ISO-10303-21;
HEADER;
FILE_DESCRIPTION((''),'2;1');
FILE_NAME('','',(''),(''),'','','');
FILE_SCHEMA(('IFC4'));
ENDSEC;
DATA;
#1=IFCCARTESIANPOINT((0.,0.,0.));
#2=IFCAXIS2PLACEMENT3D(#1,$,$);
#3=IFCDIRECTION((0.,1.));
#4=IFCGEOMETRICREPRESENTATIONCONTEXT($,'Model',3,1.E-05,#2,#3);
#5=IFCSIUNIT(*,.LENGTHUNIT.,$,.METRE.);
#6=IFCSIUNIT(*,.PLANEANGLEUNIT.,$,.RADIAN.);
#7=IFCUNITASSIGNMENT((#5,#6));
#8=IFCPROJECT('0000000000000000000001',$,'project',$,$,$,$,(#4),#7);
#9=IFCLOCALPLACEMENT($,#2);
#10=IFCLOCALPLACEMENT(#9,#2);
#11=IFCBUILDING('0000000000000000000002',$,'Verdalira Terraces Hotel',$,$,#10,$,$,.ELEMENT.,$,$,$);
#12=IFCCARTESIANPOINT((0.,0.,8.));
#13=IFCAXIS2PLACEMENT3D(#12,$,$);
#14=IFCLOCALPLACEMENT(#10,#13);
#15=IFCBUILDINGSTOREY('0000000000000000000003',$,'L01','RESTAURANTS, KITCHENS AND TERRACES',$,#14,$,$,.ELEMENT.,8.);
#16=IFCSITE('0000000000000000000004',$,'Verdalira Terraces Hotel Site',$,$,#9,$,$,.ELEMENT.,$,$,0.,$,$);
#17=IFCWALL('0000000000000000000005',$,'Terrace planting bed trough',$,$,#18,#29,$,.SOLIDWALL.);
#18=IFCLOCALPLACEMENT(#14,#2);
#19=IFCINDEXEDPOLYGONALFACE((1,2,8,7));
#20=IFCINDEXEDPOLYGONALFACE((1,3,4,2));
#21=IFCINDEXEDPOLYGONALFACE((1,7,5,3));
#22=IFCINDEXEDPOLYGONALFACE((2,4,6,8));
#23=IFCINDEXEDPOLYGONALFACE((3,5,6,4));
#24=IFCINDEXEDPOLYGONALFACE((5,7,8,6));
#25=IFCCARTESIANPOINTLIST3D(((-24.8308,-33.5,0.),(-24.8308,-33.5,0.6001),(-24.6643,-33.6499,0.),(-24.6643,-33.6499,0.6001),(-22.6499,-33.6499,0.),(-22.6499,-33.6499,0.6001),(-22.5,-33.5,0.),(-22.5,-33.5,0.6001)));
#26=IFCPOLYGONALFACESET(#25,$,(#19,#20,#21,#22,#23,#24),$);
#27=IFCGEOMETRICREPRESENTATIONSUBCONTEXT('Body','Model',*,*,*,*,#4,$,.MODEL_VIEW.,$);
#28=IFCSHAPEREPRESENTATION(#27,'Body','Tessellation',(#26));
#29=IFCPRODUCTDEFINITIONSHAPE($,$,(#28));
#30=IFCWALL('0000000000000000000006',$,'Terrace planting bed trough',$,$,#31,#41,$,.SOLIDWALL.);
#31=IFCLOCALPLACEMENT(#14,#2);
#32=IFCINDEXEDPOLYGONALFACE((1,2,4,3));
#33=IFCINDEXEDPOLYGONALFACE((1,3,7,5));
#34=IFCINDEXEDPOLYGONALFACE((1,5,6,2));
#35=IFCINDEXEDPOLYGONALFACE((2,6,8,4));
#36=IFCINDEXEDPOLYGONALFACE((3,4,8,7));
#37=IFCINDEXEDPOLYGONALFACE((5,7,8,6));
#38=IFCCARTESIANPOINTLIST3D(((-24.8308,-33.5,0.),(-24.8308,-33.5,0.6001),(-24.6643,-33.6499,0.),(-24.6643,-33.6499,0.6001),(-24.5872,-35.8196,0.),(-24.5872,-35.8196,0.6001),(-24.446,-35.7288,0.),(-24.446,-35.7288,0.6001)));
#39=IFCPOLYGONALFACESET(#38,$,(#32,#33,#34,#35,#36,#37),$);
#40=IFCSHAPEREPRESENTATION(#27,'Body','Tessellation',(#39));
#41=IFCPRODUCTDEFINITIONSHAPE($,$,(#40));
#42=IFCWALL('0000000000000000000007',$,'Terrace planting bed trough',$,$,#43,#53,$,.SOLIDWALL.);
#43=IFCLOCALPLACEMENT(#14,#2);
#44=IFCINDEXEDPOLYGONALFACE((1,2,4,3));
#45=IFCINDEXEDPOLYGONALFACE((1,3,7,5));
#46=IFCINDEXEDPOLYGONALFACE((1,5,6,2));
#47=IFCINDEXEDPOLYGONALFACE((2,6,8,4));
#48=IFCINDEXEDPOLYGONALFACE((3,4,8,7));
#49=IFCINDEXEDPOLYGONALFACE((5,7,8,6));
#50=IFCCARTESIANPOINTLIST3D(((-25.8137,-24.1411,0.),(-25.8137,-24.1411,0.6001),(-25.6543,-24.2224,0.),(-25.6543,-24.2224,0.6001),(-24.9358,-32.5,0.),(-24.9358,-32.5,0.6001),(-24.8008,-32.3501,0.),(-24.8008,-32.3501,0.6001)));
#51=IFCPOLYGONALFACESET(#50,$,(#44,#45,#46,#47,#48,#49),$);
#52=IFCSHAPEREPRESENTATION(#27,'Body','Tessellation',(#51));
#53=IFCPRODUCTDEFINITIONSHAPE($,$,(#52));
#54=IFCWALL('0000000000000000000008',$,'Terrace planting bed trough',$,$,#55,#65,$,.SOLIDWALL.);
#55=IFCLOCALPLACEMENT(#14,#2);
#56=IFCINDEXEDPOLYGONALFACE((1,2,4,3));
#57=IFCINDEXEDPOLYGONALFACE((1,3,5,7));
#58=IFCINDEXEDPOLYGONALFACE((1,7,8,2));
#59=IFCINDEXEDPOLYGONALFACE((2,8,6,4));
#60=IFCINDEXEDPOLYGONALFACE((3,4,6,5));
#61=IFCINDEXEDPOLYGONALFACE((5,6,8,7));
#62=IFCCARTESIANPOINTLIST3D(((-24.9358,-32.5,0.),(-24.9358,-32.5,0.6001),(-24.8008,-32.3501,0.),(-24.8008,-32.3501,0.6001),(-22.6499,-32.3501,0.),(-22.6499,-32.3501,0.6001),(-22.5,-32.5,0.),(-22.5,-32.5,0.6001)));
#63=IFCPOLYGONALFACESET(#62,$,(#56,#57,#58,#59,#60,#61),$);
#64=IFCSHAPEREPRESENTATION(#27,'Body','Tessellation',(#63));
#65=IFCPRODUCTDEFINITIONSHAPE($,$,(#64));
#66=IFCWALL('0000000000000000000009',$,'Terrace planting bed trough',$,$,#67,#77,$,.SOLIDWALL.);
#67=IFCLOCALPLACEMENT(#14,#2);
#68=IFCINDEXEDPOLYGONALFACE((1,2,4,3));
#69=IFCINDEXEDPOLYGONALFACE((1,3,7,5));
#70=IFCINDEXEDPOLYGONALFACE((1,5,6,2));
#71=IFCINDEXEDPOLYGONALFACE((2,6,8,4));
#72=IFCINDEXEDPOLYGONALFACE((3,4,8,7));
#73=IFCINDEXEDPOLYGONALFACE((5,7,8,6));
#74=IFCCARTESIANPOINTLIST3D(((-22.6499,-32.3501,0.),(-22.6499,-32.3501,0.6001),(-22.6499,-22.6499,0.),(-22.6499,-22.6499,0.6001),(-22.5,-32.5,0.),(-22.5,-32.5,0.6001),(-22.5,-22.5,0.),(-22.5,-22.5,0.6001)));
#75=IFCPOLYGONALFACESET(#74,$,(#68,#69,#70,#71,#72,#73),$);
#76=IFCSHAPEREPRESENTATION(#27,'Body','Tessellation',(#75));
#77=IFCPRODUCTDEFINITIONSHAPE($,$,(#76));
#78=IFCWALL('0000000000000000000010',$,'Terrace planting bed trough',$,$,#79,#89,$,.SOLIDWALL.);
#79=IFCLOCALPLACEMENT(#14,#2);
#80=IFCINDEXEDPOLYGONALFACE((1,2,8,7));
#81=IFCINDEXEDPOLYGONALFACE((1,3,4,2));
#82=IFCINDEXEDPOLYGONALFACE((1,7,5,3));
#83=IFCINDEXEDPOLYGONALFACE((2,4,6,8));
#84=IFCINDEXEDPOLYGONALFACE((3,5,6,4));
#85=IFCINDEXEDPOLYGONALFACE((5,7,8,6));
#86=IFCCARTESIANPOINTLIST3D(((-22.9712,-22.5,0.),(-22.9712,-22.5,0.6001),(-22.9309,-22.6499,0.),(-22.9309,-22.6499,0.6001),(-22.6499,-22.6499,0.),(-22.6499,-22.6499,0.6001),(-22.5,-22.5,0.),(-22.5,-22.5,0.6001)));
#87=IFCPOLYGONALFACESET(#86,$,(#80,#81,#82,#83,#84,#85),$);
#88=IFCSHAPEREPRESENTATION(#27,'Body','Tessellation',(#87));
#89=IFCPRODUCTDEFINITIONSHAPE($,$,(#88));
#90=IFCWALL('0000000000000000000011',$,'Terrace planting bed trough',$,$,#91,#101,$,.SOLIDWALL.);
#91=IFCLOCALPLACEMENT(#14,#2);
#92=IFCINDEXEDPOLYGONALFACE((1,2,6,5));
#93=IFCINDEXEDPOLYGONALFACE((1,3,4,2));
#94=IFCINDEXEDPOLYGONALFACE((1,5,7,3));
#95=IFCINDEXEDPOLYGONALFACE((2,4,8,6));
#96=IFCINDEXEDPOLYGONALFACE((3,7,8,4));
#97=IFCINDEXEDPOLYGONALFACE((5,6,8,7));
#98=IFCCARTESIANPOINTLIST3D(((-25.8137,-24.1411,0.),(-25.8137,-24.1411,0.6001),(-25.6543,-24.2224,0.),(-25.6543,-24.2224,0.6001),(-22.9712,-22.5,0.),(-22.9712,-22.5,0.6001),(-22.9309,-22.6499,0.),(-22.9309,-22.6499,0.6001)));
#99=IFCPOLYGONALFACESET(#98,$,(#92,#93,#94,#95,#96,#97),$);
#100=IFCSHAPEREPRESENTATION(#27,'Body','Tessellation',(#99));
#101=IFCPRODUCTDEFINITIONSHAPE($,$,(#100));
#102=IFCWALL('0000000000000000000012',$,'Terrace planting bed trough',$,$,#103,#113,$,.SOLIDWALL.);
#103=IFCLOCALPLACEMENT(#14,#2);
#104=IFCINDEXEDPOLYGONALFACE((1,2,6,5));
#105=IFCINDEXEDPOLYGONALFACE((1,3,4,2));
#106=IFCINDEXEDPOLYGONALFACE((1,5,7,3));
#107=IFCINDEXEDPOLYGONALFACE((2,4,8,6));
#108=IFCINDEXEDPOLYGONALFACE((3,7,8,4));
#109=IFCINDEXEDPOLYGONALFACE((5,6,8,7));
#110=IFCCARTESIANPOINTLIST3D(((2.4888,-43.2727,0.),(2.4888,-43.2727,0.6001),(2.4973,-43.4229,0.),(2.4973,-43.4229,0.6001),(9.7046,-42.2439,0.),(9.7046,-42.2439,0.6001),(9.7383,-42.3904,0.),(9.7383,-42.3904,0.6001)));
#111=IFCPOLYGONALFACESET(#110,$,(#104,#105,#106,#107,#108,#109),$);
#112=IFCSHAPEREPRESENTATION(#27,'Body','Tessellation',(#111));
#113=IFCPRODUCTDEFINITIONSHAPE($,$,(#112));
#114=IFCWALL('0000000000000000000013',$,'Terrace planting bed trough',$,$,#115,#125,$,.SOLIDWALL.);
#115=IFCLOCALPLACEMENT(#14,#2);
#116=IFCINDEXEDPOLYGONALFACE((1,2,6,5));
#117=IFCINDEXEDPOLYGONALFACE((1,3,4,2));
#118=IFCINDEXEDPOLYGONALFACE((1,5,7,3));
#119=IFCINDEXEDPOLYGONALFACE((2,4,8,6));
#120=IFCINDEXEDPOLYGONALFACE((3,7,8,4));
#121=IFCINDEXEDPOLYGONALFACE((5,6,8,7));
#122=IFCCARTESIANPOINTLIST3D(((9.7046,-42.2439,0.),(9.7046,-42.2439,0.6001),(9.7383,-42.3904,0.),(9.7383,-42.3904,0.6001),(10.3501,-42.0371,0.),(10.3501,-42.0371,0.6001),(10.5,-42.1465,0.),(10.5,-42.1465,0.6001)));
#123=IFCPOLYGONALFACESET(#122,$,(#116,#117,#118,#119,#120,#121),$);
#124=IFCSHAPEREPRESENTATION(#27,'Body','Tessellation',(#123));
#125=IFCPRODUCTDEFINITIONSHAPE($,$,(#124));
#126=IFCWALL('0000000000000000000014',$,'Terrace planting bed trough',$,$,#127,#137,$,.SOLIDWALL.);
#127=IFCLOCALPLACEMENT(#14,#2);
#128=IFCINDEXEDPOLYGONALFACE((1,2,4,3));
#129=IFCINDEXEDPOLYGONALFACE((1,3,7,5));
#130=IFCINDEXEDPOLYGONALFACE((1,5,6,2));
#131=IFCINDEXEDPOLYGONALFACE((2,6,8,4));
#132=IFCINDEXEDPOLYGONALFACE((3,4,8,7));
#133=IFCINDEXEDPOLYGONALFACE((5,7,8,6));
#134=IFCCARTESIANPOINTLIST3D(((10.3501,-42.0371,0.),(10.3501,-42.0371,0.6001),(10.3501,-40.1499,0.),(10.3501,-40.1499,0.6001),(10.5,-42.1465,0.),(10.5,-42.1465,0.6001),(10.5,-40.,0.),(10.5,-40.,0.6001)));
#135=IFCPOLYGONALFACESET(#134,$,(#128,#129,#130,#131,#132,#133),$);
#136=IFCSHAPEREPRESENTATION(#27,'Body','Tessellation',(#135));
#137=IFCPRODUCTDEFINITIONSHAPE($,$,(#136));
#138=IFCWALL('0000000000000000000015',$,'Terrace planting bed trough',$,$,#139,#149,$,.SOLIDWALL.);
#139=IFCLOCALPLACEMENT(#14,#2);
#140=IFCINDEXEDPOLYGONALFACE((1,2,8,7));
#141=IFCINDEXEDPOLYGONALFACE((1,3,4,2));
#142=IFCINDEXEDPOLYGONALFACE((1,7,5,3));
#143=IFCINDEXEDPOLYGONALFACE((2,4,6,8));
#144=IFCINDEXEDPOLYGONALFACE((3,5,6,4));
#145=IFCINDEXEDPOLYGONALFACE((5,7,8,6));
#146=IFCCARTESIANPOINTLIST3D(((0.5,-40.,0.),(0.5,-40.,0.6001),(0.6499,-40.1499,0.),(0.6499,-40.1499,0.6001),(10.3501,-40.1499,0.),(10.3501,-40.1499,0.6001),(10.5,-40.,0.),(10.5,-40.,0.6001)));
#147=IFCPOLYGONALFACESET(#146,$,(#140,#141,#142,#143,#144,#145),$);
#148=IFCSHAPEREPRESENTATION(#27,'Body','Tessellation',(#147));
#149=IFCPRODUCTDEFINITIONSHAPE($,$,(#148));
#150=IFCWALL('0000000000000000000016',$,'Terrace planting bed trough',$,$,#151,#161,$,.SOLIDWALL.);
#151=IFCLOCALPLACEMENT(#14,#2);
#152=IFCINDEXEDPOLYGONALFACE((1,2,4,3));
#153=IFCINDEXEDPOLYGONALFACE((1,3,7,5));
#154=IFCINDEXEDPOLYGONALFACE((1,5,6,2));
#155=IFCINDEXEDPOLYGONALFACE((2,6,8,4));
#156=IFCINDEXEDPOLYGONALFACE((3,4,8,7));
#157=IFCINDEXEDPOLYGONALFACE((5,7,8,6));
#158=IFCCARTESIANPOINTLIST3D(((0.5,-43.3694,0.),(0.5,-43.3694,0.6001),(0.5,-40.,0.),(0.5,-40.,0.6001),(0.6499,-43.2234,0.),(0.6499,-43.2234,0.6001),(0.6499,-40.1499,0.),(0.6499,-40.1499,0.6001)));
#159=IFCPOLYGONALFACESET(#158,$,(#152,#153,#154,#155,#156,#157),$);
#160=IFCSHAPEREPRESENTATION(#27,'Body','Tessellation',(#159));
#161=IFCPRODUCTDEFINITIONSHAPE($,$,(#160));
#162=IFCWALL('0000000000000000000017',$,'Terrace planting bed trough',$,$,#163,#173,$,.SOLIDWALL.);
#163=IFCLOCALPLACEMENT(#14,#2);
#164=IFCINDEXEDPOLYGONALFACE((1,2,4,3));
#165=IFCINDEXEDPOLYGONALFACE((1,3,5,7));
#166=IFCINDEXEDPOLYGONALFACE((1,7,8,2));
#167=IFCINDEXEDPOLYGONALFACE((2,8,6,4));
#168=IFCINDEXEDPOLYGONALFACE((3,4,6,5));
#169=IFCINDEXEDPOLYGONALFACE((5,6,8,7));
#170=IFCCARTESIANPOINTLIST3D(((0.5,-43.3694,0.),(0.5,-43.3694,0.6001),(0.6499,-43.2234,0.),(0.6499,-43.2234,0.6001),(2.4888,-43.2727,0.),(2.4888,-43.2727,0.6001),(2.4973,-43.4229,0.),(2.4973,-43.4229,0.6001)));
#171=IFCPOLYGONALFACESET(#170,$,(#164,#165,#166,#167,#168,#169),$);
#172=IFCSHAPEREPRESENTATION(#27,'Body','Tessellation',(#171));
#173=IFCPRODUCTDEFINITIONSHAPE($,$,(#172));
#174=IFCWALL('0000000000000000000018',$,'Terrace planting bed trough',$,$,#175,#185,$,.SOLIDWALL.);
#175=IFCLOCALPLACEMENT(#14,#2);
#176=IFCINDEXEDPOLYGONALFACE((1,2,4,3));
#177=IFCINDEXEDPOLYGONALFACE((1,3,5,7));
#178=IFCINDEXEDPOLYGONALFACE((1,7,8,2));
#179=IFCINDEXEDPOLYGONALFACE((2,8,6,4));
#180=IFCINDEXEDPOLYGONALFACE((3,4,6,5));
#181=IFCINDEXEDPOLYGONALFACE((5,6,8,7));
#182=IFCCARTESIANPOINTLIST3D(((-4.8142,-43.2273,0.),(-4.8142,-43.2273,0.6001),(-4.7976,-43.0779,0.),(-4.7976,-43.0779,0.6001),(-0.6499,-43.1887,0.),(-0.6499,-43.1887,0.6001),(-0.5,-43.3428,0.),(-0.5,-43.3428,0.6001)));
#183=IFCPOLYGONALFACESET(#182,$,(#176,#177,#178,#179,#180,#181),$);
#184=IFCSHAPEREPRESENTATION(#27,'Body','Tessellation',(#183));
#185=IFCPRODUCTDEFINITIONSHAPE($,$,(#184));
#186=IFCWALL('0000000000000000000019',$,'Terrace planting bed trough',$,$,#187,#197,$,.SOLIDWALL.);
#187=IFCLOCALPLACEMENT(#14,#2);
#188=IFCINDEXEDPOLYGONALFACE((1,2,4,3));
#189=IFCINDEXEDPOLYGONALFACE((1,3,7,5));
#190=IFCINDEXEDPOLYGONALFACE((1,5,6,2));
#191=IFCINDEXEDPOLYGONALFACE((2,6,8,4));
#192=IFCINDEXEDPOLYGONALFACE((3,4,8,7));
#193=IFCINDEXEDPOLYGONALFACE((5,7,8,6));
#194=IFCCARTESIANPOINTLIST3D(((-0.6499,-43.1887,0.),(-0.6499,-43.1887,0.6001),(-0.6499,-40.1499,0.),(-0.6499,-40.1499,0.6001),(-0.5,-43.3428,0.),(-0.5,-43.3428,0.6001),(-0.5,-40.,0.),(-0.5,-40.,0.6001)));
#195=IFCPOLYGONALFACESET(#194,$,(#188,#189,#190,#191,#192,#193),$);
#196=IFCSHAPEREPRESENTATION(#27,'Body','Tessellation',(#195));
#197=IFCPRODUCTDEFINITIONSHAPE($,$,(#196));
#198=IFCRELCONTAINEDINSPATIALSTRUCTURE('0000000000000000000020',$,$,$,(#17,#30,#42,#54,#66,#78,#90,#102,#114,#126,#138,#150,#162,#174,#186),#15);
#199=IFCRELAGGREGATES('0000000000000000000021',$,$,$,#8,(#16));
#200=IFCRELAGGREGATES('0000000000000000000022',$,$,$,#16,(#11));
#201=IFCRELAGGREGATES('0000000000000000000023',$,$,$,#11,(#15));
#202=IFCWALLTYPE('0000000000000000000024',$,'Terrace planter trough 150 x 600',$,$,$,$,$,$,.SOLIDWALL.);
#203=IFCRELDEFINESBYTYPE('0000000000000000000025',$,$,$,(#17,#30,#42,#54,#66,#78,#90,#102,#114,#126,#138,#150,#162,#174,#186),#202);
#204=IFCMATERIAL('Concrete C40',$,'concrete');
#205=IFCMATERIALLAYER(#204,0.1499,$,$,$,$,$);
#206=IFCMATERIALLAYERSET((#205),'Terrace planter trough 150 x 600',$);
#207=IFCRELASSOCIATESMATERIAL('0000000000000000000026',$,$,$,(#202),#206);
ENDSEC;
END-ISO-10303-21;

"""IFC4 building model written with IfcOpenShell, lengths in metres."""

from ifc_helpers import new_model, si_unit, direction, frame, origin, place, context, subcontext, project, spatial, polyline, outline, extrude, material, layer, layer_set, type_object, element, save


model = new_model("IFC4")

# Units and contexts
model_context = context("Model", 3, precision=1e-05, world=origin(), true_north=direction((0.0, 1.0)))
body_context = subcontext(model_context, "Body", "Model", "MODEL_VIEW")
ifc_project = project(units=[si_unit("LENGTHUNIT", "METRE"), si_unit("PLANEANGLEUNIT", "RADIAN")], contexts=[model_context])

# Site, building, storey
site_placement = place(None, origin())
site = spatial("IfcSite", under=ifc_project, at=site_placement, Name="Verdalira Terraces Hotel Site", CompositionType="ELEMENT", RefElevation=0.0)
building_placement = place(site_placement, origin())
building = spatial("IfcBuilding", under=site, at=building_placement, Name="Verdalira Terraces Hotel", CompositionType="ELEMENT")
storey_placement = place(building_placement, frame((0.0, 0.0, 8.0)))
storey = spatial("IfcBuildingStorey", under=building, at=storey_placement, Name="L01", Description="RESTAURANTS, KITCHENS AND TERRACES", CompositionType="ELEMENT", Elevation=8.0)

# Walls
ifc_material_1 = material(Name="Concrete C40", Category="concrete")
ifc_layer_1 = layer(ifc_material_1, 0.1499)
ifc_layer_set_1 = layer_set([ifc_layer_1], Name="Terrace planter trough 150 x 600")
wall_type_1 = type_object("IfcWallType", Name="Terrace planter trough 150 x 600", PredefinedType="SOLIDWALL", material=ifc_layer_set_1)
wall_1_placement = place(storey_placement, origin())
element("IfcWall", 1, at=wall_1_placement, inside=storey, type_object=wall_type_1, Name="Terrace planting bed trough", PredefinedType="SOLIDWALL", context=body_context, shape_type="SweptSolid", body=[
    extrude(outline(polyline([(-22.5, -33.5), (-24.8308, -33.5), (-24.6643, -33.6499), (-22.6499, -33.6499), (-22.5, -33.5)])), origin(), (0.0, 0.0, 1.0), 0.6001),
])
wall_2_placement = place(storey_placement, origin())
element("IfcWall", 2, at=wall_2_placement, inside=storey, type_object=wall_type_1, Name="Terrace planting bed trough", PredefinedType="SOLIDWALL", context=body_context, shape_type="SweptSolid", body=[
    extrude(outline(polyline([(-24.8308, -33.5), (-24.5872, -35.8196), (-24.446, -35.7288), (-24.6643, -33.6499), (-24.8308, -33.5)])), origin(), (0.0, 0.0, 1.0), 0.6001),
])
wall_3_placement = place(storey_placement, origin())
element("IfcWall", 3, at=wall_3_placement, inside=storey, type_object=wall_type_1, Name="Terrace planting bed trough", PredefinedType="SOLIDWALL", context=body_context, shape_type="SweptSolid", body=[
    extrude(outline(polyline([(-25.8137, -24.1411), (-24.9358, -32.5), (-24.8008, -32.3501), (-25.6543, -24.2224), (-25.8137, -24.1411)])), origin(), (0.0, 0.0, 1.0), 0.6001),
])
wall_4_placement = place(storey_placement, origin())
element("IfcWall", 4, at=wall_4_placement, inside=storey, type_object=wall_type_1, Name="Terrace planting bed trough", PredefinedType="SOLIDWALL", context=body_context, shape_type="SweptSolid", body=[
    extrude(outline(polyline([(-24.9358, -32.5), (-22.5, -32.5), (-22.6499, -32.3501), (-24.8008, -32.3501), (-24.9358, -32.5)])), origin(), (0.0, 0.0, 1.0), 0.6001),
])
wall_5_placement = place(storey_placement, origin())
element("IfcWall", 5, at=wall_5_placement, inside=storey, type_object=wall_type_1, Name="Terrace planting bed trough", PredefinedType="SOLIDWALL", context=body_context, shape_type="SweptSolid", body=[
    extrude(outline(polyline([(-22.5, -32.5), (-22.5, -22.5), (-22.6499, -22.6499), (-22.6499, -32.3501), (-22.5, -32.5)])), origin(), (0.0, 0.0, 1.0), 0.6001),
])
wall_6_placement = place(storey_placement, origin())
element("IfcWall", 6, at=wall_6_placement, inside=storey, type_object=wall_type_1, Name="Terrace planting bed trough", PredefinedType="SOLIDWALL", context=body_context, shape_type="SweptSolid", body=[
    extrude(outline(polyline([(-22.5, -22.5), (-22.9712, -22.5), (-22.9309, -22.6499), (-22.6499, -22.6499), (-22.5, -22.5)])), origin(), (0.0, 0.0, 1.0), 0.6001),
])
wall_7_placement = place(storey_placement, origin())
element("IfcWall", 7, at=wall_7_placement, inside=storey, type_object=wall_type_1, Name="Terrace planting bed trough", PredefinedType="SOLIDWALL", context=body_context, shape_type="SweptSolid", body=[
    extrude(outline(polyline([(-22.9712, -22.5), (-25.8137, -24.1411), (-25.6543, -24.2224), (-22.9309, -22.6499), (-22.9712, -22.5)])), origin(), (0.0, 0.0, 1.0), 0.6001),
])
wall_8_placement = place(storey_placement, origin())
element("IfcWall", 8, at=wall_8_placement, inside=storey, type_object=wall_type_1, Name="Terrace planting bed trough", PredefinedType="SOLIDWALL", context=body_context, shape_type="SweptSolid", body=[
    extrude(outline(polyline([(2.4973, -43.4229), (9.7383, -42.3904), (9.7046, -42.2439), (2.4888, -43.2727), (2.4973, -43.4229)])), origin(), (0.0, 0.0, 1.0), 0.6001),
])
wall_9_placement = place(storey_placement, origin())
element("IfcWall", 9, at=wall_9_placement, inside=storey, type_object=wall_type_1, Name="Terrace planting bed trough", PredefinedType="SOLIDWALL", context=body_context, shape_type="SweptSolid", body=[
    extrude(outline(polyline([(9.7383, -42.3904), (10.5, -42.1465), (10.3501, -42.0371), (9.7046, -42.2439), (9.7383, -42.3904)])), origin(), (0.0, 0.0, 1.0), 0.6001),
])
wall_10_placement = place(storey_placement, origin())
element("IfcWall", 10, at=wall_10_placement, inside=storey, type_object=wall_type_1, Name="Terrace planting bed trough", PredefinedType="SOLIDWALL", context=body_context, shape_type="SweptSolid", body=[
    extrude(outline(polyline([(10.5, -42.1465), (10.5, -40.0), (10.3501, -40.1499), (10.3501, -42.0371), (10.5, -42.1465)])), origin(), (0.0, 0.0, 1.0), 0.6001),
])
wall_11_placement = place(storey_placement, origin())
element("IfcWall", 11, at=wall_11_placement, inside=storey, type_object=wall_type_1, Name="Terrace planting bed trough", PredefinedType="SOLIDWALL", context=body_context, shape_type="SweptSolid", body=[
    extrude(outline(polyline([(10.5, -40.0), (0.5, -40.0), (0.6499, -40.1499), (10.3501, -40.1499), (10.5, -40.0)])), origin(), (0.0, 0.0, 1.0), 0.6001),
])
wall_12_placement = place(storey_placement, origin())
element("IfcWall", 12, at=wall_12_placement, inside=storey, type_object=wall_type_1, Name="Terrace planting bed trough", PredefinedType="SOLIDWALL", context=body_context, shape_type="SweptSolid", body=[
    extrude(outline(polyline([(0.5, -40.0), (0.5, -43.3694), (0.6499, -43.2234), (0.6499, -40.1499), (0.5, -40.0)])), origin(), (0.0, 0.0, 1.0), 0.6001),
])
wall_13_placement = place(storey_placement, origin())
element("IfcWall", 13, at=wall_13_placement, inside=storey, type_object=wall_type_1, Name="Terrace planting bed trough", PredefinedType="SOLIDWALL", context=body_context, shape_type="SweptSolid", body=[
    extrude(outline(polyline([(0.5, -43.3694), (2.4973, -43.4229), (2.4888, -43.2727), (0.6499, -43.2234), (0.5, -43.3694)])), origin(), (0.0, 0.0, 1.0), 0.6001),
])
wall_14_placement = place(storey_placement, origin())
element("IfcWall", 14, at=wall_14_placement, inside=storey, type_object=wall_type_1, Name="Terrace planting bed trough", PredefinedType="SOLIDWALL", context=body_context, shape_type="SweptSolid", body=[
    extrude(outline(polyline([(-4.8142, -43.2273), (-0.5, -43.3428), (-0.6499, -43.1887), (-4.7976, -43.0779), (-4.8142, -43.2273)])), origin(), (0.0, 0.0, 1.0), 0.6001),
])
wall_15_placement = place(storey_placement, origin())
element("IfcWall", 15, at=wall_15_placement, inside=storey, type_object=wall_type_1, Name="Terrace planting bed trough", PredefinedType="SOLIDWALL", context=body_context, shape_type="SweptSolid", body=[
    extrude(outline(polyline([(-0.5, -43.3428), (-0.5, -40.0), (-0.6499, -40.1499), (-0.6499, -43.1887), (-0.5, -43.3428)])), origin(), (0.0, 0.0, 1.0), 0.6001),
])

save(model, "model.ifc")
